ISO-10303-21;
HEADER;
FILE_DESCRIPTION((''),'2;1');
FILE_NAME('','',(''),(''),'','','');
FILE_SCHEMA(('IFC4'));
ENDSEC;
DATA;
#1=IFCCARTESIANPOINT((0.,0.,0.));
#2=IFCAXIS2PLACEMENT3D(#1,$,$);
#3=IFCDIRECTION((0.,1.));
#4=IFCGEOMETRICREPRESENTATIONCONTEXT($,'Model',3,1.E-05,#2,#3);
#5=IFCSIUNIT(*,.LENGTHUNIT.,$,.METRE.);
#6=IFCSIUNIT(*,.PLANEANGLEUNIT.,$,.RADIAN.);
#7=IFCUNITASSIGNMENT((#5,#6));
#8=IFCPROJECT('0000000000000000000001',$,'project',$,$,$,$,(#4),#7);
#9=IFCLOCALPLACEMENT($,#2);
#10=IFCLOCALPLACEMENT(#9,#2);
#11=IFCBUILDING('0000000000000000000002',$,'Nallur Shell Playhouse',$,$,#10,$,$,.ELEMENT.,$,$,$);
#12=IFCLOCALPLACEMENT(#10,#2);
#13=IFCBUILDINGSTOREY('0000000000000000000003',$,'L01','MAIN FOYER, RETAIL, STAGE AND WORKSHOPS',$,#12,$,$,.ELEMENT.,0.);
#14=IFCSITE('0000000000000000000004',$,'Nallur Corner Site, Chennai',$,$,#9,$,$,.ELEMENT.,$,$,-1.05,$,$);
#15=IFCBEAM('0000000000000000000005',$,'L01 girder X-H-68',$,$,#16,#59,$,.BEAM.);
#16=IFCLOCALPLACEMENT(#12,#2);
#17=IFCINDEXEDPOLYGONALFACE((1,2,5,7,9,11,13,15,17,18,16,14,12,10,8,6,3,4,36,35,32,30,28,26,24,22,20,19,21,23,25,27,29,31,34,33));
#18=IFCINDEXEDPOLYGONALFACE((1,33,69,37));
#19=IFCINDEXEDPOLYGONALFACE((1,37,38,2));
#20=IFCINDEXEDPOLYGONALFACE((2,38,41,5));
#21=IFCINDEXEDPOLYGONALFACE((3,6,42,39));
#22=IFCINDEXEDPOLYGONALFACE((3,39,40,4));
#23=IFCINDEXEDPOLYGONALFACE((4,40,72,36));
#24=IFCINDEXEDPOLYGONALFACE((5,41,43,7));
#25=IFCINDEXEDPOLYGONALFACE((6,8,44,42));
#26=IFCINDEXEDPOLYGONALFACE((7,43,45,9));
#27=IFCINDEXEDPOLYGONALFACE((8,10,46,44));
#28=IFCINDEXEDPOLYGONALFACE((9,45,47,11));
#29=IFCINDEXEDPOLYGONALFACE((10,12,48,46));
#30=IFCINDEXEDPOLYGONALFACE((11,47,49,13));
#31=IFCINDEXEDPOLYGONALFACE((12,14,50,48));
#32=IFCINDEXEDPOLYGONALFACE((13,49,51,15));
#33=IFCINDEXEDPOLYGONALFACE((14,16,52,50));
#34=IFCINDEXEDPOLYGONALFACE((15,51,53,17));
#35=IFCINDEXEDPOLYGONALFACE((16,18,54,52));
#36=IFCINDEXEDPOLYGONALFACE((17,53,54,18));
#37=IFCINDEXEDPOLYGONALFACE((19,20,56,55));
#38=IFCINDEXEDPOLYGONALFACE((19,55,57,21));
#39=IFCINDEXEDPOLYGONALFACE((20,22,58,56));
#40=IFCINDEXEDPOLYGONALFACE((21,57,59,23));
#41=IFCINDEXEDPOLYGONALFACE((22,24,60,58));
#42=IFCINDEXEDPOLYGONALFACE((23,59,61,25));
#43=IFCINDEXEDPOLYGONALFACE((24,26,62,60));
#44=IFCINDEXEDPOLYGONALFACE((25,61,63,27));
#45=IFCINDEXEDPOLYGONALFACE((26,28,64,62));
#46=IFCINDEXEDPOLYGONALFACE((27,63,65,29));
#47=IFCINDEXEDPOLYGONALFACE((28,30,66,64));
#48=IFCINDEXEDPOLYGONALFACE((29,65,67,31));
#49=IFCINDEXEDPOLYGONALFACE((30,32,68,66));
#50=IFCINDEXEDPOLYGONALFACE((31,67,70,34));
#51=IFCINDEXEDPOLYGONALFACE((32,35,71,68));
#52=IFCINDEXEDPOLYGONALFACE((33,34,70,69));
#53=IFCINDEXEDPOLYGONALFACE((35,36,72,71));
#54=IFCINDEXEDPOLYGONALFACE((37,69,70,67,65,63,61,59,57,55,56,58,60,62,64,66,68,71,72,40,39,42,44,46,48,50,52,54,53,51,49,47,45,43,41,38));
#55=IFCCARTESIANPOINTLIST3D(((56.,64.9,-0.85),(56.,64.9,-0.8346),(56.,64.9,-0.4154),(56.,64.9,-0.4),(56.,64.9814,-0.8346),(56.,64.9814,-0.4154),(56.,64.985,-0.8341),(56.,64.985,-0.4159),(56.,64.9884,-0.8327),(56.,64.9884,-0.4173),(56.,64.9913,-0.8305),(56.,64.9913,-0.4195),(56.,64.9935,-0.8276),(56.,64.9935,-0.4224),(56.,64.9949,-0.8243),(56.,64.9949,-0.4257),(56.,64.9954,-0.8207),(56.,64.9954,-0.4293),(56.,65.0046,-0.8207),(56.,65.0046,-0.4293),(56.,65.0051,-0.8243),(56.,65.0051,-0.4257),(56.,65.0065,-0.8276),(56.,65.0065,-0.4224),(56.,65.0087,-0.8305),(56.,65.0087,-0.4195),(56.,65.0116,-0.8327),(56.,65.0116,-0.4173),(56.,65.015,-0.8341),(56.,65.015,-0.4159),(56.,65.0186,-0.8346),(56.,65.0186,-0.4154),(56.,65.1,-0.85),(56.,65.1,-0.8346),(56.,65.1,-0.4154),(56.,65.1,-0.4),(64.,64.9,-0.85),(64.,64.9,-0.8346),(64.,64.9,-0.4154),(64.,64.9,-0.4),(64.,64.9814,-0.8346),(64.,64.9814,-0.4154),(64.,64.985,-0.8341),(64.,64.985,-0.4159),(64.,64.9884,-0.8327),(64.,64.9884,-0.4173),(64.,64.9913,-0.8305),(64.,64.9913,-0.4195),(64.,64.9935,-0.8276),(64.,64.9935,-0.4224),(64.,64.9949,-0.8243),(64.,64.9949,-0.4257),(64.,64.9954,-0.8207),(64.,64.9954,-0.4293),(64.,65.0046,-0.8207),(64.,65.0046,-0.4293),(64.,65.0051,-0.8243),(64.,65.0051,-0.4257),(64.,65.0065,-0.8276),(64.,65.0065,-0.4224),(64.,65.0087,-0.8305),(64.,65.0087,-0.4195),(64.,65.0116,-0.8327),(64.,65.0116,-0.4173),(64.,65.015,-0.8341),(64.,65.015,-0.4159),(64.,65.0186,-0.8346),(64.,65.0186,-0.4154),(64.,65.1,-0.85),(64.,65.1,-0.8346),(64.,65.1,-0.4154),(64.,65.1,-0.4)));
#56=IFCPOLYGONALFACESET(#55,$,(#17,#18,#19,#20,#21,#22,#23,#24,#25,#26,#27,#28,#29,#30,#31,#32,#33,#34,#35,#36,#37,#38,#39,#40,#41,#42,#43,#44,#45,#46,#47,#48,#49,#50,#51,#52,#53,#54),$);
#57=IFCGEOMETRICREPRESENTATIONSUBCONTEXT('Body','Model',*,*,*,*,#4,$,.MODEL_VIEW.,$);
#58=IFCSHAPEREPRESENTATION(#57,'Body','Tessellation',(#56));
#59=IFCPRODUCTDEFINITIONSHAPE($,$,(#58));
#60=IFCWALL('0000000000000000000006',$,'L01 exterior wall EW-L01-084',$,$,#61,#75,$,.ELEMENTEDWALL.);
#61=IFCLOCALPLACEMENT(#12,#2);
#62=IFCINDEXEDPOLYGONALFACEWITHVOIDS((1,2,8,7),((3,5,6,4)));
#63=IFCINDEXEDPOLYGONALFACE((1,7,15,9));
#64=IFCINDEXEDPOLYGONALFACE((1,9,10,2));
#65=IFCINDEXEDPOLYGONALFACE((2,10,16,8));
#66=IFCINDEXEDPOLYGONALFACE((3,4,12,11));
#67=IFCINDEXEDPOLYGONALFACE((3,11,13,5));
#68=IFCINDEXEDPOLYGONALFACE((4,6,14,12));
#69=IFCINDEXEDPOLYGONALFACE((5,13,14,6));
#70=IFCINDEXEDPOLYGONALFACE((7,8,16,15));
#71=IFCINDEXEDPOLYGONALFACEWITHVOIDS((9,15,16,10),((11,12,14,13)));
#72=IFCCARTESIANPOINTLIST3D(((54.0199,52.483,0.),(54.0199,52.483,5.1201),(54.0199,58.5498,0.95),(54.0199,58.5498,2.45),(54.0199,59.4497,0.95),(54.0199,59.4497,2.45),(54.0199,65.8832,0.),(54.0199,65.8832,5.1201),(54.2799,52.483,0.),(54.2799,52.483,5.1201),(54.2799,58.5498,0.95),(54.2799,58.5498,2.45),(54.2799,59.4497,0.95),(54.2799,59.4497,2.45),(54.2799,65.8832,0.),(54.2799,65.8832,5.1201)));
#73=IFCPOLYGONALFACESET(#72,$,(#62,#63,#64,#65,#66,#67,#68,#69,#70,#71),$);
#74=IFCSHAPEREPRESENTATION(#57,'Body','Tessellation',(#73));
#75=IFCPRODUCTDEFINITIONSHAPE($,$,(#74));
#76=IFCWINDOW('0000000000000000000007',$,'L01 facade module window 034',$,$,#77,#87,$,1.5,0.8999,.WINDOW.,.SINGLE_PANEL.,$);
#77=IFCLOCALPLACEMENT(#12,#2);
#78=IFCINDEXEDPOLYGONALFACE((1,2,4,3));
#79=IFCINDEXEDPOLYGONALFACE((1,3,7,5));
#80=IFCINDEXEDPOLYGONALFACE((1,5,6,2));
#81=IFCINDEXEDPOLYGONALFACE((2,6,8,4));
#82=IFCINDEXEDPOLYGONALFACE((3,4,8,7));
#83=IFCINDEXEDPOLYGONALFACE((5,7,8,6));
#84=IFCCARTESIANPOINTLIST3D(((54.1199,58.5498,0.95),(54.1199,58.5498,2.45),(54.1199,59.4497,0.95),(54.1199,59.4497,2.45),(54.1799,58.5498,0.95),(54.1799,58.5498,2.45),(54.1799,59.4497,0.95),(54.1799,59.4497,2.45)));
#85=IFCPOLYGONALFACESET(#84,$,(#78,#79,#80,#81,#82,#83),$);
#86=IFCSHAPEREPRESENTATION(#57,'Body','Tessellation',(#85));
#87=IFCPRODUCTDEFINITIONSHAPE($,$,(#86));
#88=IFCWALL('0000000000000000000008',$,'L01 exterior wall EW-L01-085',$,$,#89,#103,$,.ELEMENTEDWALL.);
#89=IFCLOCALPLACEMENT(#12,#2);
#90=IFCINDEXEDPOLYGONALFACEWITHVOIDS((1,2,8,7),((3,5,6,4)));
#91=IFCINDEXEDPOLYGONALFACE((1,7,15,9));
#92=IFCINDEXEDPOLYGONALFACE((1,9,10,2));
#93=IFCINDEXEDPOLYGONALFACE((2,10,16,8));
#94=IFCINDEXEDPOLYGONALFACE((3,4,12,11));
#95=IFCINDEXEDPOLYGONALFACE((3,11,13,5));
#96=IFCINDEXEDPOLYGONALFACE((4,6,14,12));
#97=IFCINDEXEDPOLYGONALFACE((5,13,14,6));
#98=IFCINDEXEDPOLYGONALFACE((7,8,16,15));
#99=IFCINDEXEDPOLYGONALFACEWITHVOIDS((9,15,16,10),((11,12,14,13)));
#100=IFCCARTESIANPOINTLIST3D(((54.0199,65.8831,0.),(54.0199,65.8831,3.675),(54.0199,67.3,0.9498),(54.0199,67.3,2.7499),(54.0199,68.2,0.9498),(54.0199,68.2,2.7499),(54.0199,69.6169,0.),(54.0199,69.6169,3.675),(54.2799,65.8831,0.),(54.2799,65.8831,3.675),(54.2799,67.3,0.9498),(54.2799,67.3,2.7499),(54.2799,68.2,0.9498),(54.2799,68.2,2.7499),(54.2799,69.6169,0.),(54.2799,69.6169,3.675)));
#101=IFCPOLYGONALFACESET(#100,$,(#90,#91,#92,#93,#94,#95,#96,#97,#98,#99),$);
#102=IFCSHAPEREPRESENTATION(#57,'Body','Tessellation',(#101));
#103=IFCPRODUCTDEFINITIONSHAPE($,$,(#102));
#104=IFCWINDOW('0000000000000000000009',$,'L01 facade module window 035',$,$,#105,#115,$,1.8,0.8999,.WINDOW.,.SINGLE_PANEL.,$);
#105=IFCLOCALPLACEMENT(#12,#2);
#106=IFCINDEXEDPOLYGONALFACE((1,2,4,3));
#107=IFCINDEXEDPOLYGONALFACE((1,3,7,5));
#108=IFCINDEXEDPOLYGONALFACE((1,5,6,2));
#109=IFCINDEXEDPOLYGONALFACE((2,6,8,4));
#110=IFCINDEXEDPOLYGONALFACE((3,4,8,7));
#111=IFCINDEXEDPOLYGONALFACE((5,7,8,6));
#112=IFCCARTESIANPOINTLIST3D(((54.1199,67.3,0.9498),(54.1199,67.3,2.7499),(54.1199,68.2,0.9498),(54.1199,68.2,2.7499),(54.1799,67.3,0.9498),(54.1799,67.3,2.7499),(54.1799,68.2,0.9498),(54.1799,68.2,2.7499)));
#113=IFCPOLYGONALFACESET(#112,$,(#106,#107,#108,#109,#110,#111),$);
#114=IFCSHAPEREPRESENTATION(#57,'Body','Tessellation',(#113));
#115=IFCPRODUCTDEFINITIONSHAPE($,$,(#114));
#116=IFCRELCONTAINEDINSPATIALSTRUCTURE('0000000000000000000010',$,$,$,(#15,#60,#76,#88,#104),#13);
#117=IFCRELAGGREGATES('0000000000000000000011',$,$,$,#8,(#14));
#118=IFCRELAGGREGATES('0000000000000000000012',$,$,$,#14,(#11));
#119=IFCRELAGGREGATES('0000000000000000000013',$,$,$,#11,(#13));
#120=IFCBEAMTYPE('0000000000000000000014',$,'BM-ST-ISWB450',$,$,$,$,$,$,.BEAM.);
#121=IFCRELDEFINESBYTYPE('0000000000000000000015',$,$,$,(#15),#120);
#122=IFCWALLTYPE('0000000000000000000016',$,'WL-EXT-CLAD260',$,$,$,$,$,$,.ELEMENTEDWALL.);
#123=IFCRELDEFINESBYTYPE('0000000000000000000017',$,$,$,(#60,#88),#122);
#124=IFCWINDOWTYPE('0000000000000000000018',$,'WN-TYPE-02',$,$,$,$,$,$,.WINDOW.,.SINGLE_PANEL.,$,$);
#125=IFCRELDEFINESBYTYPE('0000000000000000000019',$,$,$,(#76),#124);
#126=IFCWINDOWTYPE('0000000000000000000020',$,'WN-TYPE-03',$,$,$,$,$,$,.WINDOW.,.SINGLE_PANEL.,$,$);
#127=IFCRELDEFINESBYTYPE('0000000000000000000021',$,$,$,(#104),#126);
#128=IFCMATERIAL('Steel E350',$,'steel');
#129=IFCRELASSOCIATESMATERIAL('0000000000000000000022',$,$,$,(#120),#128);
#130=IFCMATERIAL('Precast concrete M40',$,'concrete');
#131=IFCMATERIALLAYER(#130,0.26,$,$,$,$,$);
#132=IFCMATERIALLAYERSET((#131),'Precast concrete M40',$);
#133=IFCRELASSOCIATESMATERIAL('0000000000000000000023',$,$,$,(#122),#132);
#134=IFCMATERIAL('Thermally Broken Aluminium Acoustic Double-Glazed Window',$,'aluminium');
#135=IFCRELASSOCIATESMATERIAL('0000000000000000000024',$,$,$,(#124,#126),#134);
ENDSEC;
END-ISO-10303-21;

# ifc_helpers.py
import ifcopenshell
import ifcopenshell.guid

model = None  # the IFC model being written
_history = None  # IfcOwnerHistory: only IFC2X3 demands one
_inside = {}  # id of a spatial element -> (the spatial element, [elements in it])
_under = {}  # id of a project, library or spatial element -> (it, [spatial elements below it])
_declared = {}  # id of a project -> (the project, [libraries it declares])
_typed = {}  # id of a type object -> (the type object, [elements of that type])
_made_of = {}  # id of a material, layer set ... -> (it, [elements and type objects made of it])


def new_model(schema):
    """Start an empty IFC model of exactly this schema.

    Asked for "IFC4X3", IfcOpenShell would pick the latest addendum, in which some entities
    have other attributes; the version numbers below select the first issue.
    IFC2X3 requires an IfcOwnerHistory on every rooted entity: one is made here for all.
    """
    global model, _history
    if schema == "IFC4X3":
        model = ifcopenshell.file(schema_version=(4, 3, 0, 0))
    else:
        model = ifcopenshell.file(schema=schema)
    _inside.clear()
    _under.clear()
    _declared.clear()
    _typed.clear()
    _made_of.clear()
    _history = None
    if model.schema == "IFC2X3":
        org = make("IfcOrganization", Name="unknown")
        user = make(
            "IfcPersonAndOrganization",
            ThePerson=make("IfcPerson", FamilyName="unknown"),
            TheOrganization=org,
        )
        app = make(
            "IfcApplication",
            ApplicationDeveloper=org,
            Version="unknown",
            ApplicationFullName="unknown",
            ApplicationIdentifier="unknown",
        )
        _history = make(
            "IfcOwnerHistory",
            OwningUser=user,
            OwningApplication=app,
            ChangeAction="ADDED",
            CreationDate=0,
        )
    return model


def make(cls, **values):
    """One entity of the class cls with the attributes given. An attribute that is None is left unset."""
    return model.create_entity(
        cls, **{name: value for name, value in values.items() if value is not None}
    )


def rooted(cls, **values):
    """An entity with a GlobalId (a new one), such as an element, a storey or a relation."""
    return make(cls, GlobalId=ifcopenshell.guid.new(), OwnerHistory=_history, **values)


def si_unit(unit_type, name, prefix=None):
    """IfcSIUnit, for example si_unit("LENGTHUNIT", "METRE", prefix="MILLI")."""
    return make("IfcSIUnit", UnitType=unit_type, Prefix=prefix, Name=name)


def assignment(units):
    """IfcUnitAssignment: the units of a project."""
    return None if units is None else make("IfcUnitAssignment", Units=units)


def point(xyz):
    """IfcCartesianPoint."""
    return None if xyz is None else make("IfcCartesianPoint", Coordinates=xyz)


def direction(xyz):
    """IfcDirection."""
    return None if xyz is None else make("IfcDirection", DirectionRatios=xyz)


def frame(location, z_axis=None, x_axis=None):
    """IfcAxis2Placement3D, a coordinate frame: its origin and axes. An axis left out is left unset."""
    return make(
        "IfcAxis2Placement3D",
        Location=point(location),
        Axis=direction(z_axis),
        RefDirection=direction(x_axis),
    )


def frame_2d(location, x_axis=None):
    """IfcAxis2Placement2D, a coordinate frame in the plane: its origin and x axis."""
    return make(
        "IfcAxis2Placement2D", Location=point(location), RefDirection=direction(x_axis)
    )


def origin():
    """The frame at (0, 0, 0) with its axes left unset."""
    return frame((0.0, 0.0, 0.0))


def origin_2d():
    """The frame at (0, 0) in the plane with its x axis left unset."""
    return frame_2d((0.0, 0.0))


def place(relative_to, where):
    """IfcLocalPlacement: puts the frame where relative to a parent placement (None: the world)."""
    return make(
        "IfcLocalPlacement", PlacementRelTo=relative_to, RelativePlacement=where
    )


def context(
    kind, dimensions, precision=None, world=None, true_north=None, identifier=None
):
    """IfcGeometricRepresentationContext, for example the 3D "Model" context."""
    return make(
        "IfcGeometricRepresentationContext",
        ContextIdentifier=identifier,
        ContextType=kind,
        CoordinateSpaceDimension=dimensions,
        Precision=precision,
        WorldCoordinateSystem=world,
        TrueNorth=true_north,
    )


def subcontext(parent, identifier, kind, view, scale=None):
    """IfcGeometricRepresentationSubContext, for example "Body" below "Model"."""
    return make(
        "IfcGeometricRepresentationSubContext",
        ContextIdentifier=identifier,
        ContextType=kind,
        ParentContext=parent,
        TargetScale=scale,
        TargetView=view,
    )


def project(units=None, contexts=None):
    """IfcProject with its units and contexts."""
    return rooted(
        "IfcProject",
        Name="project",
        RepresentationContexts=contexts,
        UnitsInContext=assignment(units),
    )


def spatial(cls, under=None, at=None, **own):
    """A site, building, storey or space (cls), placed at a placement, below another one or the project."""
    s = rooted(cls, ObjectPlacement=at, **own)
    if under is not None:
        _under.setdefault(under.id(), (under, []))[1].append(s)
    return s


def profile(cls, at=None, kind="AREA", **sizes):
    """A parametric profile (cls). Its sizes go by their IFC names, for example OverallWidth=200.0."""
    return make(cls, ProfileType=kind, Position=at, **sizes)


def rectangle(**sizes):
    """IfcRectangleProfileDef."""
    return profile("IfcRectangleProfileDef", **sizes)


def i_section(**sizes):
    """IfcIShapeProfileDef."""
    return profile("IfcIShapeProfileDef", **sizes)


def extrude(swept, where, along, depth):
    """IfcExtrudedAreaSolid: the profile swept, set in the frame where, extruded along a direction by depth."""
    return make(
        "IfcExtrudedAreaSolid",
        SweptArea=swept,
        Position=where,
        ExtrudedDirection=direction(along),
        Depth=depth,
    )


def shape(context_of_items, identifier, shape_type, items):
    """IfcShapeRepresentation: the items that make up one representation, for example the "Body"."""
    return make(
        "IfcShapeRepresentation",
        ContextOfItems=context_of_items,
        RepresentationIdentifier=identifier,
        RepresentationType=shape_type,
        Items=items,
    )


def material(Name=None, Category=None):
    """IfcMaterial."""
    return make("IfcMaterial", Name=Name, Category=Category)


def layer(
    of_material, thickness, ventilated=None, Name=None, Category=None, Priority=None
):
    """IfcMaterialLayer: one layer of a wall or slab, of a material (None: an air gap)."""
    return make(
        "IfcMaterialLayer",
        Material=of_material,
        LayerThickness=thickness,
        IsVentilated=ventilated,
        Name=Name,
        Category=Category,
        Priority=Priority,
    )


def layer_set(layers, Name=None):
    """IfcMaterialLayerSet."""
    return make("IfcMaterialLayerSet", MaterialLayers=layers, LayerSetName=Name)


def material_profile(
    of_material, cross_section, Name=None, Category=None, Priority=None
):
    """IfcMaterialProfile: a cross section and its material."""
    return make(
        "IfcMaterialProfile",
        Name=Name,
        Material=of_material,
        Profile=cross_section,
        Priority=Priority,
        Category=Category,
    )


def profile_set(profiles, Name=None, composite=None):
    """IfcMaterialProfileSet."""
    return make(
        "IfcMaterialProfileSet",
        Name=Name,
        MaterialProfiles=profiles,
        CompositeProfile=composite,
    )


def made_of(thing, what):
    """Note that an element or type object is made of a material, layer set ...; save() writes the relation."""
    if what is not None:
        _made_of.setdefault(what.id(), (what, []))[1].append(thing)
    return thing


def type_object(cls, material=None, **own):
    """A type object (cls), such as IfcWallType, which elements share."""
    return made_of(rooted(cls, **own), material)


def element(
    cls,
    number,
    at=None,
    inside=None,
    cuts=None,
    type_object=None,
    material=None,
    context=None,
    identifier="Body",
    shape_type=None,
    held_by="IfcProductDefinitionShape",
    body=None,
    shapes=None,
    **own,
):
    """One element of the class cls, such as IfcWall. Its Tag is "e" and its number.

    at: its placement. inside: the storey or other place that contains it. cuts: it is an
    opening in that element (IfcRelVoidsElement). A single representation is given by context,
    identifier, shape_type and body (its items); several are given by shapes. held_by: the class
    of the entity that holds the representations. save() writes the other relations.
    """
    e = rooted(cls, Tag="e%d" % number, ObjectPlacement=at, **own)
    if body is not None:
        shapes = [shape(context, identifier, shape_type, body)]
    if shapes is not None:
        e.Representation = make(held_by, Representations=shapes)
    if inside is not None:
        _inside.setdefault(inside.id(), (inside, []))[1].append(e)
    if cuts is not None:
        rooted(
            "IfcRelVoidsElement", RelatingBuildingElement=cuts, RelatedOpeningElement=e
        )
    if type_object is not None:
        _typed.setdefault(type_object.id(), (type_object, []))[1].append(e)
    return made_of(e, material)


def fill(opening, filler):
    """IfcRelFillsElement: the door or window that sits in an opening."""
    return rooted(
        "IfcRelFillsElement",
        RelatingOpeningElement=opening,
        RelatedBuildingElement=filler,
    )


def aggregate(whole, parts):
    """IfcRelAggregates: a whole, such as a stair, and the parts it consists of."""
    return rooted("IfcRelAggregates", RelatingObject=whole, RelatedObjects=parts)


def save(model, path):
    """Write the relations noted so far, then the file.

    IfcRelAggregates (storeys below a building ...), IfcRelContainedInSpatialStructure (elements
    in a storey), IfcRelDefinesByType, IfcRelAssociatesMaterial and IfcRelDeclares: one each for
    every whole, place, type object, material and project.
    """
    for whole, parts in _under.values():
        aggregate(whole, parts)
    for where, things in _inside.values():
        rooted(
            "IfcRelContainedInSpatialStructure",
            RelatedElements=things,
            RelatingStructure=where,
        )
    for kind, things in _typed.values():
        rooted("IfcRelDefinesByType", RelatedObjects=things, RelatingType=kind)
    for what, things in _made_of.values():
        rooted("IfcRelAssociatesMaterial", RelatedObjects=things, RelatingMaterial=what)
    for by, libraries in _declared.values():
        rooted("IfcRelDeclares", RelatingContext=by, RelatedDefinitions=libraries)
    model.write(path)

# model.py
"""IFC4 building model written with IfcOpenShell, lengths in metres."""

from ifc_helpers import new_model, si_unit, direction, frame, frame_2d, origin, origin_2d, place, context, subcontext, project, spatial, rectangle, i_section, extrude, material, layer, layer_set, material_profile, profile_set, type_object, element, fill, save


model = new_model("IFC4")

# Units and contexts
model_context = context("Model", 3, precision=1e-05, world=origin(), true_north=direction((0.0, 1.0)))
body_context = subcontext(model_context, "Body", "Model", "MODEL_VIEW")
ifc_project = project(units=[si_unit("LENGTHUNIT", "METRE"), si_unit("PLANEANGLEUNIT", "RADIAN")], contexts=[model_context])

# Site, building, storey
site_placement = place(None, origin())
site = spatial("IfcSite", under=ifc_project, at=site_placement, Name="Nallur Corner Site, Chennai", CompositionType="ELEMENT", RefElevation=-1.05)
building_placement = place(site_placement, origin())
building = spatial("IfcBuilding", under=site, at=building_placement, Name="Nallur Shell Playhouse", CompositionType="ELEMENT")
storey_placement = place(building_placement, origin())
storey = spatial("IfcBuildingStorey", under=building, at=storey_placement, Name="L01", Description="MAIN FOYER, RETAIL, STAGE AND WORKSHOPS", CompositionType="ELEMENT", Elevation=0.0)

# Shared definitions
ifc_material_1 = material(Name="Steel E350", Category="steel")

# Beam
ifc_material_profile_1 = material_profile(ifc_material_1, i_section(OverallWidth=0.2, OverallDepth=0.45, WebThickness=0.0093, FlangeThickness=0.0154, FilletRadius=0.0139, at=origin_2d()), Name="ISWB 450")
ifc_profile_set_1 = profile_set([ifc_material_profile_1], Name="Steel E350")
beam_type_1 = type_object("IfcBeamType", Name="BM-ST-ISWB450", PredefinedType="BEAM", material=ifc_profile_set_1)
beam_1_placement = place(storey_placement, frame((56.0, 65.0, -0.625), z_axis=(1.0, 0.0, 0.0), x_axis=(0.0, 1.0, 0.0)))
element("IfcBeam", 1, at=beam_1_placement, inside=storey, type_object=beam_type_1, Name="L01 girder X-H-68", PredefinedType="BEAM", context=body_context, shape_type="SweptSolid", body=[
    extrude(i_section(OverallWidth=0.2, OverallDepth=0.45, WebThickness=0.0093, FlangeThickness=0.0154, FilletRadius=0.0139, at=origin_2d()), origin(), (0.0, 0.0, 1.0), 8.0),
])

# Walls, openings, windows
ifc_material_2 = material(Name="Precast concrete M40", Category="concrete")
ifc_layer = layer(ifc_material_2, 0.26)
ifc_layer_set = layer_set([ifc_layer], Name="Precast concrete M40")
wall_type = type_object("IfcWallType", Name="WL-EXT-CLAD260", PredefinedType="ELEMENTEDWALL", material=ifc_layer_set)
wall_1_placement = place(storey_placement, frame((54.1499, 52.4829, 0.0), z_axis=(0.0, 0.0, 1.0), x_axis=(0.0, 1.0, 0.0)))
wall_1 = element("IfcWall", 2, at=wall_1_placement, inside=storey, type_object=wall_type, Name="L01 exterior wall EW-L01-084", PredefinedType="ELEMENTEDWALL", context=body_context, shape_type="SweptSolid", body=[
    extrude(rectangle(XDim=13.4001, YDim=0.26, at=frame_2d((6.7002, 0.0))), origin(), (0.0, 0.0, 1.0), 5.1201),
])
opening_1_placement = place(wall_1_placement, frame((6.0669, 0.0, 0.95)))
opening_1 = element("IfcOpeningElement", 3, at=opening_1_placement, cuts=wall_1, PredefinedType="OPENING", context=body_context, shape_type="SweptSolid", body=[
    extrude(rectangle(XDim=0.8999, YDim=1.5, at=frame_2d((0.45, 0.75))), frame((0.0, 0.1401, 0.0), z_axis=(0.0, -1.0, 0.0), x_axis=(1.0, 0.0, 0.0)), (0.0, 0.0, 1.0), 0.28),
])
ifc_material_3 = material(Name="Thermally Broken Aluminium Acoustic Double-Glazed Window", Category="aluminium")
window_type_1 = type_object("IfcWindowType", Name="WN-TYPE-02", PartitioningType="SINGLE_PANEL", PredefinedType="WINDOW", material=ifc_material_3)
window_1_placement = place(opening_1_placement, origin())
window_1 = element("IfcWindow", 4, at=window_1_placement, inside=storey, type_object=window_type_1, Name="L01 facade module window 034", OverallHeight=1.5, OverallWidth=0.8999, PartitioningType="SINGLE_PANEL", PredefinedType="WINDOW", context=body_context, shape_type="SweptSolid", body=[
    extrude(rectangle(XDim=0.8999, YDim=1.5, at=frame_2d((0.45, 0.75))), frame((0.0, 0.03, 0.0), z_axis=(0.0, -1.0, 0.0), x_axis=(1.0, 0.0, 0.0)), (0.0, 0.0, 1.0), 0.0601),
])
fill(opening_1, window_1)
wall_2_placement = place(storey_placement, frame((54.1499, 65.8831, 0.0), z_axis=(0.0, 0.0, 1.0), x_axis=(0.0, 1.0, 0.0)))
wall_2 = element("IfcWall", 5, at=wall_2_placement, inside=storey, type_object=wall_type, Name="L01 exterior wall EW-L01-085", PredefinedType="ELEMENTEDWALL", context=body_context, shape_type="SweptSolid", body=[
    extrude(rectangle(XDim=3.7339, YDim=0.26, at=frame_2d((1.8669, 0.0))), origin(), (0.0, 0.0, 1.0), 3.675),
])
opening_2_placement = place(wall_2_placement, frame((1.417, 0.0, 0.95)))
opening_2 = element("IfcOpeningElement", 6, at=opening_2_placement, cuts=wall_2, PredefinedType="OPENING", context=body_context, shape_type="SweptSolid", body=[
    extrude(rectangle(XDim=0.8999, YDim=1.8, at=frame_2d((0.45, 0.8999))), frame((0.0, 0.1401, 0.0), z_axis=(0.0, -1.0, 0.0), x_axis=(1.0, 0.0, 0.0)), (0.0, 0.0, 1.0), 0.28),
])
window_type_2 = type_object("IfcWindowType", Name="WN-TYPE-03", PartitioningType="SINGLE_PANEL", PredefinedType="WINDOW", material=ifc_material_3)
window_2_placement = place(opening_2_placement, origin())
window_2 = element("IfcWindow", 7, at=window_2_placement, inside=storey, type_object=window_type_2, Name="L01 facade module window 035", OverallHeight=1.8, OverallWidth=0.8999, PartitioningType="SINGLE_PANEL", PredefinedType="WINDOW", context=body_context, shape_type="SweptSolid", body=[
    extrude(rectangle(XDim=0.8999, YDim=1.8, at=frame_2d((0.45, 0.8999))), frame((0.0, 0.03, 0.0), z_axis=(0.0, -1.0, 0.0), x_axis=(1.0, 0.0, 0.0)), (0.0, 0.0, 1.0), 0.0601),
])
fill(opening_2, window_2)

save(model, "model.ifc")
